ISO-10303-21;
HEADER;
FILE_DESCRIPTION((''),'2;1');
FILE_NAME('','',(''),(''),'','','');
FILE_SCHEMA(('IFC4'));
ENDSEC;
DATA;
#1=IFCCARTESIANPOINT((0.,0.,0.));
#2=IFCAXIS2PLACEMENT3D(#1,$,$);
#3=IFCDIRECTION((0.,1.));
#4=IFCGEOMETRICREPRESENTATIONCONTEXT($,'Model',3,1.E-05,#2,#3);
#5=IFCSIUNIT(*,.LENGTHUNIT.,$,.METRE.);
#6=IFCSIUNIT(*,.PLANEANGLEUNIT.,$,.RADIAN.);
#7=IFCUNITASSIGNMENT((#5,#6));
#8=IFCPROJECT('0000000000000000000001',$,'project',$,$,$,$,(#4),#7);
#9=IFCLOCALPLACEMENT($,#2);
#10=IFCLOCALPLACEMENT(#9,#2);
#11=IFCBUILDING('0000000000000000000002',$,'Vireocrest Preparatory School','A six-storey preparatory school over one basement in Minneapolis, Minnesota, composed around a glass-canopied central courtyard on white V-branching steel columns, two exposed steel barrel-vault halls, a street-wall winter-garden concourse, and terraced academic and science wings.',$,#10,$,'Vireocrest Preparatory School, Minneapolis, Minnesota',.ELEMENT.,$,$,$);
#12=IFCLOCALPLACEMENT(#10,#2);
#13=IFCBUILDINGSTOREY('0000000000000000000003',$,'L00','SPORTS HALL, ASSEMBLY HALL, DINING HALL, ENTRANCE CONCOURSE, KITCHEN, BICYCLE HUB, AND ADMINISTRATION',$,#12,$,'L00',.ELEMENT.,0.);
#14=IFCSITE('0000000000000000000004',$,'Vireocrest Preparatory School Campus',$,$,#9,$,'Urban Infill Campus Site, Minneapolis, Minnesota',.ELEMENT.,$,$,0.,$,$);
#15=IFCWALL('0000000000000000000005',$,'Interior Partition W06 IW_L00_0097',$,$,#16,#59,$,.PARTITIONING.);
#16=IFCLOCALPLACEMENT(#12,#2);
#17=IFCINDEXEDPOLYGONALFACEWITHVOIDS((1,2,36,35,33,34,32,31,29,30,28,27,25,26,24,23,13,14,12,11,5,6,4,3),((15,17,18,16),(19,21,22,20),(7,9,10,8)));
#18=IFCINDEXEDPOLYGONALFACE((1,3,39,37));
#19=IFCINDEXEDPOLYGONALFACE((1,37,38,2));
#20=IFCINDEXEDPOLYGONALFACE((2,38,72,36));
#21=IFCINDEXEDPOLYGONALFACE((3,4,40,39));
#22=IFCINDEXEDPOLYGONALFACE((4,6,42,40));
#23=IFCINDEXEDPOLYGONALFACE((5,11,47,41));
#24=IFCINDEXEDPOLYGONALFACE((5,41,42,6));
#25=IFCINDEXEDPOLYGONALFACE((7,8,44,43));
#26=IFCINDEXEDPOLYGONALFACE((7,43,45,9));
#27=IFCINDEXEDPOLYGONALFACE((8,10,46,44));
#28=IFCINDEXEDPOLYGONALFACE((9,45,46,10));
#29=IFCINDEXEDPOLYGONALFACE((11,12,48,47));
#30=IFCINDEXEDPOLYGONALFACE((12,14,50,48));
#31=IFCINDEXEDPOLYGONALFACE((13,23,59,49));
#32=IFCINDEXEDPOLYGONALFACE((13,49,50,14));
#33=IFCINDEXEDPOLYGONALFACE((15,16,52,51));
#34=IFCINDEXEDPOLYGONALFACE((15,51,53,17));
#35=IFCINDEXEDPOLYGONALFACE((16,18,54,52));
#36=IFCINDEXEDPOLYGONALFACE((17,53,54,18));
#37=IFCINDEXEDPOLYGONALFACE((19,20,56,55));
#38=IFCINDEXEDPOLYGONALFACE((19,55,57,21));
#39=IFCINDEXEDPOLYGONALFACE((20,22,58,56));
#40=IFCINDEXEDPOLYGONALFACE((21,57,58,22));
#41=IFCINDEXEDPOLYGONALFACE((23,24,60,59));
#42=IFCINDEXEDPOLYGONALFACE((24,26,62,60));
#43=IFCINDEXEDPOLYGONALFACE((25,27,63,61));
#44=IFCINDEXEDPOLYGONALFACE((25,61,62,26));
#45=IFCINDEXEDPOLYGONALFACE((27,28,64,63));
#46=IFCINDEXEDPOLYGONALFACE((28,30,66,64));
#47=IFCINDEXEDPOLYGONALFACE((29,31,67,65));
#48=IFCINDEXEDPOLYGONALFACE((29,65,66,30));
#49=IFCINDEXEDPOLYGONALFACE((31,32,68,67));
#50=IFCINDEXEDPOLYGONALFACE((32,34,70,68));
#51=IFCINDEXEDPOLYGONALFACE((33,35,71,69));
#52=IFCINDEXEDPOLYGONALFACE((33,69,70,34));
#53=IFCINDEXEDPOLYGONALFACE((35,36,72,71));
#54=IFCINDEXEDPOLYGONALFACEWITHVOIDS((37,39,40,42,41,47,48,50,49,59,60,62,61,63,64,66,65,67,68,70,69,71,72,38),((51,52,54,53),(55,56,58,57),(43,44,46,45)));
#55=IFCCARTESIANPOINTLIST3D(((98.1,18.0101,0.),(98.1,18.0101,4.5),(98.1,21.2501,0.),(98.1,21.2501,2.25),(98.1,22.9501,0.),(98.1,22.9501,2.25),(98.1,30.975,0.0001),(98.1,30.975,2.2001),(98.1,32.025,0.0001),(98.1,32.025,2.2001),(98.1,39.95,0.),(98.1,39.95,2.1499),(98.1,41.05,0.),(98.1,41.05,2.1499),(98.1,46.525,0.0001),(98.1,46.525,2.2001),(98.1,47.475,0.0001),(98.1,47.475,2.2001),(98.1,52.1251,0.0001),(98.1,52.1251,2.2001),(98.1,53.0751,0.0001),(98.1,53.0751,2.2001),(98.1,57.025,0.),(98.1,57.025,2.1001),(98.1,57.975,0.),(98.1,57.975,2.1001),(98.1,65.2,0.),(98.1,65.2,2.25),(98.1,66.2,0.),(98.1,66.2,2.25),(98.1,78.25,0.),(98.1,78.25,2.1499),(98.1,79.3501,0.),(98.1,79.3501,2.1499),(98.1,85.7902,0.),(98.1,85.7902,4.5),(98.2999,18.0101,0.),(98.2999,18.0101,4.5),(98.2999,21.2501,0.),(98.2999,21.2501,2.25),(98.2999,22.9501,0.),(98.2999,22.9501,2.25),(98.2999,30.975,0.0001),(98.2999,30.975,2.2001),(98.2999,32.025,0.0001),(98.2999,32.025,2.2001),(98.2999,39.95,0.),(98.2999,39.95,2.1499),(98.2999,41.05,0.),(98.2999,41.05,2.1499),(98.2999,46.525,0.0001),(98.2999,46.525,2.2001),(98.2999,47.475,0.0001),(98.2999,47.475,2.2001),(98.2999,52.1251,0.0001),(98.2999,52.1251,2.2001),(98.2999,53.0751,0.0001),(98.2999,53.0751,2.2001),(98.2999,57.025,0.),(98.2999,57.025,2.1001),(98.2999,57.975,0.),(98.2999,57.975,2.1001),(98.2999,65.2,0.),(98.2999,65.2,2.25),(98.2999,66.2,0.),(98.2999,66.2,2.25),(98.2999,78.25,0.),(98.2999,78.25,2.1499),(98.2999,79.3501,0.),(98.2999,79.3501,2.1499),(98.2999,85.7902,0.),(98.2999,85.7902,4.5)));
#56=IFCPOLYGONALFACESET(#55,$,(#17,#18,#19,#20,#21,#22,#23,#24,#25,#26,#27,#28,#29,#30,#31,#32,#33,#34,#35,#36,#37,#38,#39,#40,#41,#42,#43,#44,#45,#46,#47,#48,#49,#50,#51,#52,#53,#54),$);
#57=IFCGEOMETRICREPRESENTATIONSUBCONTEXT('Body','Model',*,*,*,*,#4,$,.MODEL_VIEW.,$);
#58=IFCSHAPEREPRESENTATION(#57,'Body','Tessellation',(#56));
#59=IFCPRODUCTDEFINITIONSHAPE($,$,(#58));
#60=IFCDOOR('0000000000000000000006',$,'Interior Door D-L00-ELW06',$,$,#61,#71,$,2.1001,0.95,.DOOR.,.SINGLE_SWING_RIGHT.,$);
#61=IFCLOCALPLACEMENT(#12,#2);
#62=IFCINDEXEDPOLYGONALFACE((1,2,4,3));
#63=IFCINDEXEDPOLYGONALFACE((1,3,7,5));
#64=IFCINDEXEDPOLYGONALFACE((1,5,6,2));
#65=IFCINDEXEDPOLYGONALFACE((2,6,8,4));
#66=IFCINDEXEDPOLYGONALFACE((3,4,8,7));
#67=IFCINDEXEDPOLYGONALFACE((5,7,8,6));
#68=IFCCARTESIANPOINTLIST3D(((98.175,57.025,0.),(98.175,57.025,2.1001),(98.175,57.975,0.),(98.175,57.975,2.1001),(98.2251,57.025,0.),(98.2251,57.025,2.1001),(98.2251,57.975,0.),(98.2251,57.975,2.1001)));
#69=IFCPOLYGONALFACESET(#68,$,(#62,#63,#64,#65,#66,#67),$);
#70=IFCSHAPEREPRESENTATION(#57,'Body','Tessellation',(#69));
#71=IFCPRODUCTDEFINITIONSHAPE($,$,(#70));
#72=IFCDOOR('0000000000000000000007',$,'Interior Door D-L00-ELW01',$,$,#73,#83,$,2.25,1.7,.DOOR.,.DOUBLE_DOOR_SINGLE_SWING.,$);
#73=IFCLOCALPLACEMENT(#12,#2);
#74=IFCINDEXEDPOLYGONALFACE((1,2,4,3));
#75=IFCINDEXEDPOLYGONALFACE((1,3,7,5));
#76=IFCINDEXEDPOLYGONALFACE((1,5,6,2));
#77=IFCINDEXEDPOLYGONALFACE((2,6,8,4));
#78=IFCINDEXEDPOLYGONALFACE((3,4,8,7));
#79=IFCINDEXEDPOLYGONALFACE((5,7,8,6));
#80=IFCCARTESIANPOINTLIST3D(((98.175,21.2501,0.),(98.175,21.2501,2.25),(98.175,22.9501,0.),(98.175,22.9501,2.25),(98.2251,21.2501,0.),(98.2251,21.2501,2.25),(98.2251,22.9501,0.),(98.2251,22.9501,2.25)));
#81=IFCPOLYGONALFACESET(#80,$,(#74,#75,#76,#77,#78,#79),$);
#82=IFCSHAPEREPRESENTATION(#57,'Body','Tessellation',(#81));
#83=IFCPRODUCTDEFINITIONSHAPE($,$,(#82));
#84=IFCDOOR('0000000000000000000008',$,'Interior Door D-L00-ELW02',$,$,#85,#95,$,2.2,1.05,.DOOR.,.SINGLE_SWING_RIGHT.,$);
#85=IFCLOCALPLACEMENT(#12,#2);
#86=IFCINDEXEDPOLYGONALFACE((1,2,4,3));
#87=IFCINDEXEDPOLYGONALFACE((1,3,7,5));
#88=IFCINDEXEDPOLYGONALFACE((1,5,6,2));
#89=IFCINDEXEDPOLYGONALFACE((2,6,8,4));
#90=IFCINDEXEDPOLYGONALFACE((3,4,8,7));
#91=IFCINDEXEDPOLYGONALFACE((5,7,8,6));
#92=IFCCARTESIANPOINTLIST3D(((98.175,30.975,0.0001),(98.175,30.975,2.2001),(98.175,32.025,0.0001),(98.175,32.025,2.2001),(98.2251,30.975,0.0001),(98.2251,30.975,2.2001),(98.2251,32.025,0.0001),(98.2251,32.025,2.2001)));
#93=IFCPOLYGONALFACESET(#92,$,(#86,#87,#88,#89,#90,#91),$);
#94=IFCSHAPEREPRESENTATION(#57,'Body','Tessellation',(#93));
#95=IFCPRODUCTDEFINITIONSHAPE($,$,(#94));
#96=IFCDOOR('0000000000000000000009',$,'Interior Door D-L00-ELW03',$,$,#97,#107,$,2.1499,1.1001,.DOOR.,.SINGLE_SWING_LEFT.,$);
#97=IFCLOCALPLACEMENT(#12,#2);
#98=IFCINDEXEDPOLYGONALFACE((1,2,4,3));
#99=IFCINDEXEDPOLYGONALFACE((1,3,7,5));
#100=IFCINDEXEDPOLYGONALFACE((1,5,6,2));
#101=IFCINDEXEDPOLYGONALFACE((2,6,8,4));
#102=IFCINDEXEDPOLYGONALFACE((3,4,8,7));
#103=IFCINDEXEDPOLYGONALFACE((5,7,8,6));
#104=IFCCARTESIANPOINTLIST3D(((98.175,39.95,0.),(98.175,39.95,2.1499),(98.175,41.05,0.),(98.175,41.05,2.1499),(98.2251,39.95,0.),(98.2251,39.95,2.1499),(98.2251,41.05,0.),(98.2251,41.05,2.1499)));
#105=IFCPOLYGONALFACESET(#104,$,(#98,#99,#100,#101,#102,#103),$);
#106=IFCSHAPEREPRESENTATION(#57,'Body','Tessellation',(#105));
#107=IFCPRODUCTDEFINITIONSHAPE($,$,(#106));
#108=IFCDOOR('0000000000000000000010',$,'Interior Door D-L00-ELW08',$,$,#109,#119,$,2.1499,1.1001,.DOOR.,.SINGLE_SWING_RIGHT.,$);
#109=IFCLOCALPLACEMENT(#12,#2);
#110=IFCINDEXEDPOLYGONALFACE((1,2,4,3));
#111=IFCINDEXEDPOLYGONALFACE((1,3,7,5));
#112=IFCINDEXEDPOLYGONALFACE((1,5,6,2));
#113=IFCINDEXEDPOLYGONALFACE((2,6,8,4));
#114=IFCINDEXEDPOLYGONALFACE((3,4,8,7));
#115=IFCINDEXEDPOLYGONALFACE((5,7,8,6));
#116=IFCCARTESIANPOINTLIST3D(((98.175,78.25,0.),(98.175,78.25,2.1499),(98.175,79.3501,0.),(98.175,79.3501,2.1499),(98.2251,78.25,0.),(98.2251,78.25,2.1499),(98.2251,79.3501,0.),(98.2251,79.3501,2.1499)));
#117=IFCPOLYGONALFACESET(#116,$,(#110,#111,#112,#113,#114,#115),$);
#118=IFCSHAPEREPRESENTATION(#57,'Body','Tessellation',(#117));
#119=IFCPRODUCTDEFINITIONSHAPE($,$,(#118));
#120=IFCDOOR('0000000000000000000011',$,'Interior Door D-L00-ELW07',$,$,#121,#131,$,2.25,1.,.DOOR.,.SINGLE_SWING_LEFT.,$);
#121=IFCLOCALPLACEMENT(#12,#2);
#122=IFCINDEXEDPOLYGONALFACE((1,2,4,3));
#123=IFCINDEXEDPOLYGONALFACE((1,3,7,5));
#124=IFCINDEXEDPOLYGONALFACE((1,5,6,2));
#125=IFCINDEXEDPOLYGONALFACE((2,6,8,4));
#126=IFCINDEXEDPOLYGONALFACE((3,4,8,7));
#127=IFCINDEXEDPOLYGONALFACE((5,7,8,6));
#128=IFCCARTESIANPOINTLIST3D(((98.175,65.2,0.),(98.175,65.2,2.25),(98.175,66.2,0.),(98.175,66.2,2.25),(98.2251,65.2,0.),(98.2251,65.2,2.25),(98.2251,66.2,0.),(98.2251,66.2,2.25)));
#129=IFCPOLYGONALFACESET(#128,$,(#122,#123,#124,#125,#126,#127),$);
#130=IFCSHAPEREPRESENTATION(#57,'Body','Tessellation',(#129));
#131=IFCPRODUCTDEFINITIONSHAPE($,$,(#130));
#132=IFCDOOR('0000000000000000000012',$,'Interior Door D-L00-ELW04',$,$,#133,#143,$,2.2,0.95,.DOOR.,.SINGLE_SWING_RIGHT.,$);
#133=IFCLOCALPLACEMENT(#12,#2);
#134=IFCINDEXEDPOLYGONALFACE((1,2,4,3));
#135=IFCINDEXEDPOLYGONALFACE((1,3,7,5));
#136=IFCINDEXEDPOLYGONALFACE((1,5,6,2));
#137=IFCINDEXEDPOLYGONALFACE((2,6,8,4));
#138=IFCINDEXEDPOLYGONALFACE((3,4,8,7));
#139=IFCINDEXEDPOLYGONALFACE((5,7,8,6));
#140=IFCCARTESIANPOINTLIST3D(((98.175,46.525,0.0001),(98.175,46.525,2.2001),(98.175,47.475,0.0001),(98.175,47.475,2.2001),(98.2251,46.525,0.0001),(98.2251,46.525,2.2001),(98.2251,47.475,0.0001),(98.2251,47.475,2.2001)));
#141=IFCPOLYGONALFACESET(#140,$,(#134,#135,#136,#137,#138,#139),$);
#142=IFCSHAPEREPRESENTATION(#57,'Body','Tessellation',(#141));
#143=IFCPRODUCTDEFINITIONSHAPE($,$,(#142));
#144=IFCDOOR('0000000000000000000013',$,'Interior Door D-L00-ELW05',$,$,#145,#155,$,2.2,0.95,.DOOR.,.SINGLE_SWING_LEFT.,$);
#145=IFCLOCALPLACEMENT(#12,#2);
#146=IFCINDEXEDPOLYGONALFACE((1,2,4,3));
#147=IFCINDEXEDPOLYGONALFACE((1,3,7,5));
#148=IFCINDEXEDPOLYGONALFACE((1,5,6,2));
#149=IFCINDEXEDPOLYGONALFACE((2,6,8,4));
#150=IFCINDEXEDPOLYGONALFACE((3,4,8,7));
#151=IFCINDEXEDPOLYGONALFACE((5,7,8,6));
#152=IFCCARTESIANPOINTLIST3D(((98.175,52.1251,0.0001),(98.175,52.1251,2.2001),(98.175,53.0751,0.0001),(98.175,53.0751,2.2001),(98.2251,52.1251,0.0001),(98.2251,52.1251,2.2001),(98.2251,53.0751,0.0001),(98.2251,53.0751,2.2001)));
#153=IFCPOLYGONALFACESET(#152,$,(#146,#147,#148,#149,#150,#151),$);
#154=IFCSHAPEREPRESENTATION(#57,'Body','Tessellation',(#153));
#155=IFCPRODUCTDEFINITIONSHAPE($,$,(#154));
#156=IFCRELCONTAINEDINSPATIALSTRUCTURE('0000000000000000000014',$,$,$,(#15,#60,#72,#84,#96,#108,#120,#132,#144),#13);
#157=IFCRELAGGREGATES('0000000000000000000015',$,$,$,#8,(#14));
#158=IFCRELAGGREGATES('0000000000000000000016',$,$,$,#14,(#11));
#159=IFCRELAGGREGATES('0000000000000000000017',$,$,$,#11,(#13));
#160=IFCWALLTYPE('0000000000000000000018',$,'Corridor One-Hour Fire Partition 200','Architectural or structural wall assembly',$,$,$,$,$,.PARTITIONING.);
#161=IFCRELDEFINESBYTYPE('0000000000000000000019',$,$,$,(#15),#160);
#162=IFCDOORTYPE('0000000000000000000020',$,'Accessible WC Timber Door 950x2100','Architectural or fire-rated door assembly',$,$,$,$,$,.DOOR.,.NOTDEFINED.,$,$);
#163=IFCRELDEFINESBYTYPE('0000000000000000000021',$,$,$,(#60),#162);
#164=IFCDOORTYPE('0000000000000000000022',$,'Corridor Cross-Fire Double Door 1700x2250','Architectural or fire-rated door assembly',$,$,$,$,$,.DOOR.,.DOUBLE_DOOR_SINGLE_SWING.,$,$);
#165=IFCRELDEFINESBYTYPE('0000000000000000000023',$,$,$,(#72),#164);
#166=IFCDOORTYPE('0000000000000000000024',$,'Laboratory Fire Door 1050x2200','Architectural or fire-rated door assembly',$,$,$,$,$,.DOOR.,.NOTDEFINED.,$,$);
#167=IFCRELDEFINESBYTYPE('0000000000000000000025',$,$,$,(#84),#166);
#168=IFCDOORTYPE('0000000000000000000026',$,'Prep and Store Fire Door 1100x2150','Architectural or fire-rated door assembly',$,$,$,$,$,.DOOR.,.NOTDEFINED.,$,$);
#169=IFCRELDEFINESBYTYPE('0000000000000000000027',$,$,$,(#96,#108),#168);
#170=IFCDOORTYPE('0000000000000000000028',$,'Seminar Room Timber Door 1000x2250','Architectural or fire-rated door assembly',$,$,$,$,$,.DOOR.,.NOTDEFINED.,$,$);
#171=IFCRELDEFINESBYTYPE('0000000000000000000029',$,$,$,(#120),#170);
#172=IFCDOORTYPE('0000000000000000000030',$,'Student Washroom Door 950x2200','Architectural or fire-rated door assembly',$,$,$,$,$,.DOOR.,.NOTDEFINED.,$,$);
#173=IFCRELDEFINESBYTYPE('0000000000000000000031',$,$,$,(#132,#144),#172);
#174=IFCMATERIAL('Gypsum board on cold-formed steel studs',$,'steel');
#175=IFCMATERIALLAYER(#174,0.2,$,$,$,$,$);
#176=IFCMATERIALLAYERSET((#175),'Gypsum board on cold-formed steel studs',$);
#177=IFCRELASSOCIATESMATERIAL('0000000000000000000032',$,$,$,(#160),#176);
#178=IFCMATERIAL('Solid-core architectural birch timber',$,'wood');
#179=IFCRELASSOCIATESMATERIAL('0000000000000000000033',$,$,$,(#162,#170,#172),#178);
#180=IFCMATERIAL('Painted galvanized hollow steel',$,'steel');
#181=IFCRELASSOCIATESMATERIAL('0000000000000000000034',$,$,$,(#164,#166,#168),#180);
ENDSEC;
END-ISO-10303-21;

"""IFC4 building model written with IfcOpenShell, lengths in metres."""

from ifc_helpers import new_model, si_unit, direction, frame, frame_2d, origin, place, context, subcontext, project, spatial, rectangle, extrude, material, layer, layer_set, type_object, element, fill, save


model = new_model("IFC4")

# Units and contexts
model_context = context("Model", 3, precision=1e-05, world=origin(), true_north=direction((0.0, 1.0)))
body_context = subcontext(model_context, "Body", "Model", "MODEL_VIEW")
ifc_project = project(units=[si_unit("LENGTHUNIT", "METRE"), si_unit("PLANEANGLEUNIT", "RADIAN")], contexts=[model_context])

# Site, building, storey
site_placement = place(None, origin())
site = spatial("IfcSite", under=ifc_project, at=site_placement, Name="Vireocrest Preparatory School Campus", LongName="Urban Infill Campus Site, Minneapolis, Minnesota", CompositionType="ELEMENT", RefElevation=0.0)
building_placement = place(site_placement, origin())
building = spatial("IfcBuilding", under=site, at=building_placement, Name="Vireocrest Preparatory School", Description="A six-storey preparatory school over one basement in Minneapolis, Minnesota, composed around a glass-canopied central courtyard on white V-branching steel columns, two exposed steel barrel-vault halls, a street-wall winter-garden concourse, and terraced academic and science wings.", LongName="Vireocrest Preparatory School, Minneapolis, Minnesota", CompositionType="ELEMENT")
storey_placement = place(building_placement, origin())
storey = spatial("IfcBuildingStorey", under=building, at=storey_placement, Name="L00", Description="SPORTS HALL, ASSEMBLY HALL, DINING HALL, ENTRANCE CONCOURSE, KITCHEN, BICYCLE HUB, AND ADMINISTRATION", LongName="L00", CompositionType="ELEMENT", Elevation=0.0)

# Wall, openings, doors
ifc_material_1 = material(Name="Gypsum board on cold-formed steel studs", Category="steel")
ifc_layer_1 = layer(ifc_material_1, 0.2)
ifc_layer_set_1 = layer_set([ifc_layer_1], Name="Gypsum board on cold-formed steel studs")
wall_type = type_object("IfcWallType", Name="Corridor One-Hour Fire Partition 200", Description="Architectural or structural wall assembly", PredefinedType="PARTITIONING", material=ifc_layer_set_1)
wall_placement = place(storey_placement, frame((98.2, 18.01, 0.0), z_axis=(0.0, 0.0, 1.0), x_axis=(0.0, 1.0, 0.0)))
wall = element("IfcWall", 1, at=wall_placement, inside=storey, type_object=wall_type, Name="Interior Partition W06 IW_L00_0097", PredefinedType="PARTITIONING", context=body_context, shape_type="SweptSolid", body=[
    extrude(rectangle(XDim=67.78, YDim=0.2, at=frame_2d((33.8901, 0.0))), origin(), (0.0, 0.0, 1.0), 4.5),
])
opening_1_placement = place(wall_placement, frame((3.24, 0.0, 0.0)))
opening_1 = element("IfcOpeningElement", 2, at=opening_1_placement, cuts=wall, PredefinedType="OPENING", context=body_context, shape_type="SweptSolid", body=[
    extrude(rectangle(XDim=1.7, YDim=2.25, at=frame_2d((0.8501, 1.125))), frame((0.0, 0.1099, 0.0), z_axis=(0.0, -1.0, 0.0), x_axis=(1.0, 0.0, 0.0)), (0.0, 0.0, 1.0), 0.22),
])
opening_2_placement = place(wall_placement, frame((12.9651, 0.0, 0.0)))
opening_2 = element("IfcOpeningElement", 3, at=opening_2_placement, cuts=wall, PredefinedType="OPENING", context=body_context, shape_type="SweptSolid", body=[
    extrude(rectangle(XDim=1.05, YDim=2.2, at=frame_2d((0.5249, 1.1001))), frame((0.0, 0.1099, 0.0), z_axis=(0.0, -1.0, 0.0), x_axis=(1.0, 0.0, 0.0)), (0.0, 0.0, 1.0), 0.22),
])
opening_3_placement = place(wall_placement, frame((21.9399, 0.0, 0.0)))
opening_3 = element("IfcOpeningElement", 4, at=opening_3_placement, cuts=wall, PredefinedType="OPENING", context=body_context, shape_type="SweptSolid", body=[
    extrude(rectangle(XDim=1.1001, YDim=2.1499, at=frame_2d((0.55, 1.075))), frame((0.0, 0.1099, 0.0), z_axis=(0.0, -1.0, 0.0), x_axis=(1.0, 0.0, 0.0)), (0.0, 0.0, 1.0), 0.22),
])
opening_4_placement = place(wall_placement, frame((28.5149, 0.0, 0.0)))
opening_4 = element("IfcOpeningElement", 5, at=opening_4_placement, cuts=wall, PredefinedType="OPENING", context=body_context, shape_type="SweptSolid", body=[
    extrude(rectangle(XDim=0.95, YDim=2.2, at=frame_2d((0.4751, 1.1001))), frame((0.0, 0.1099, 0.0), z_axis=(0.0, -1.0, 0.0), x_axis=(1.0, 0.0, 0.0)), (0.0, 0.0, 1.0), 0.22),
])
opening_5_placement = place(wall_placement, frame((34.115, 0.0, 0.0)))
opening_5 = element("IfcOpeningElement", 6, at=opening_5_placement, cuts=wall, PredefinedType="OPENING", context=body_context, shape_type="SweptSolid", body=[
    extrude(rectangle(XDim=0.95, YDim=2.2, at=frame_2d((0.4751, 1.1001))), frame((0.0, 0.1099, 0.0), z_axis=(0.0, -1.0, 0.0), x_axis=(1.0, 0.0, 0.0)), (0.0, 0.0, 1.0), 0.22),
])
opening_6_placement = place(wall_placement, frame((39.0149, 0.0, 0.0)))
opening_6 = element("IfcOpeningElement", 7, at=opening_6_placement, cuts=wall, PredefinedType="OPENING", context=body_context, shape_type="SweptSolid", body=[
    extrude(rectangle(XDim=0.95, YDim=2.1001, at=frame_2d((0.4751, 1.05))), frame((0.0, 0.1099, 0.0), z_axis=(0.0, -1.0, 0.0), x_axis=(1.0, 0.0, 0.0)), (0.0, 0.0, 1.0), 0.22),
])
opening_7_placement = place(wall_placement, frame((47.1899, 0.0, 0.0)))
opening_7 = element("IfcOpeningElement", 8, at=opening_7_placement, cuts=wall, PredefinedType="OPENING", context=body_context, shape_type="SweptSolid", body=[
    extrude(rectangle(XDim=1.0, YDim=2.25, at=frame_2d((0.5, 1.125))), frame((0.0, 0.1099, 0.0), z_axis=(0.0, -1.0, 0.0), x_axis=(1.0, 0.0, 0.0)), (0.0, 0.0, 1.0), 0.22),
])
opening_8_placement = place(wall_placement, frame((60.24, 0.0, 0.0)))
opening_8 = element("IfcOpeningElement", 9, at=opening_8_placement, cuts=wall, PredefinedType="OPENING", context=body_context, shape_type="SweptSolid", body=[
    extrude(rectangle(XDim=1.1001, YDim=2.1499, at=frame_2d((0.55, 1.075))), frame((0.0, 0.1099, 0.0), z_axis=(0.0, -1.0, 0.0), x_axis=(1.0, 0.0, 0.0)), (0.0, 0.0, 1.0), 0.22),
])
ifc_material_2 = material(Name="Solid-core architectural birch timber", Category="wood")
door_type_1 = type_object("IfcDoorType", Name="Accessible WC Timber Door 950x2100", Description="Architectural or fire-rated door assembly", OperationType="NOTDEFINED", PredefinedType="DOOR", material=ifc_material_2)
door_1_placement = place(opening_6_placement, origin())
door_1 = element("IfcDoor", 10, at=door_1_placement, inside=storey, type_object=door_type_1, Name="Interior Door D-L00-ELW06", OperationType="SINGLE_SWING_RIGHT", OverallHeight=2.1001, OverallWidth=0.95, PredefinedType="DOOR", context=body_context, shape_type="SweptSolid", body=[
    extrude(rectangle(XDim=0.95, YDim=2.1001, at=frame_2d((0.4751, 1.05))), frame((0.0, 0.0249, 0.0), z_axis=(0.0, -1.0, 0.0), x_axis=(1.0, 0.0, 0.0)), (0.0, 0.0, 1.0), 0.05),
])
fill(opening_6, door_1)
ifc_material_3 = material(Name="Painted galvanized hollow steel", Category="steel")
door_type_2 = type_object("IfcDoorType", Name="Corridor Cross-Fire Double Door 1700x2250", Description="Architectural or fire-rated door assembly", OperationType="DOUBLE_DOOR_SINGLE_SWING", PredefinedType="DOOR", material=ifc_material_3)
door_2_placement = place(opening_1_placement, origin())
door_2 = element("IfcDoor", 11, at=door_2_placement, inside=storey, type_object=door_type_2, Name="Interior Door D-L00-ELW01", OperationType="DOUBLE_DOOR_SINGLE_SWING", OverallHeight=2.25, OverallWidth=1.7, PredefinedType="DOOR", context=body_context, shape_type="SweptSolid", body=[
    extrude(rectangle(XDim=1.7, YDim=2.25, at=frame_2d((0.8501, 1.125))), frame((0.0, 0.0249, 0.0), z_axis=(0.0, -1.0, 0.0), x_axis=(1.0, 0.0, 0.0)), (0.0, 0.0, 1.0), 0.05),
])
fill(opening_1, door_2)
door_type_3 = type_object("IfcDoorType", Name="Laboratory Fire Door 1050x2200", Description="Architectural or fire-rated door assembly", OperationType="NOTDEFINED", PredefinedType="DOOR", material=ifc_material_3)
door_3_placement = place(opening_2_placement, origin())
door_3 = element("IfcDoor", 12, at=door_3_placement, inside=storey, type_object=door_type_3, Name="Interior Door D-L00-ELW02", OperationType="SINGLE_SWING_RIGHT", OverallHeight=2.2, OverallWidth=1.05, PredefinedType="DOOR", context=body_context, shape_type="SweptSolid", body=[
    extrude(rectangle(XDim=1.05, YDim=2.2, at=frame_2d((0.5249, 1.1001))), frame((0.0, 0.0249, 0.0), z_axis=(0.0, -1.0, 0.0), x_axis=(1.0, 0.0, 0.0)), (0.0, 0.0, 1.0), 0.05),
])
fill(opening_2, door_3)
door_type_4 = type_object("IfcDoorType", Name="Prep and Store Fire Door 1100x2150", Description="Architectural or fire-rated door assembly", OperationType="NOTDEFINED", PredefinedType="DOOR", material=ifc_material_3)
door_4_placement = place(opening_3_placement, origin())
door_4 = element("IfcDoor", 13, at=door_4_placement, inside=storey, type_object=door_type_4, Name="Interior Door D-L00-ELW03", OperationType="SINGLE_SWING_LEFT", OverallHeight=2.1499, OverallWidth=1.1001, PredefinedType="DOOR", context=body_context, shape_type="SweptSolid", body=[
    extrude(rectangle(XDim=1.1001, YDim=2.1499, at=frame_2d((0.55, 1.075))), frame((0.0, 0.0249, 0.0), z_axis=(0.0, -1.0, 0.0), x_axis=(1.0, 0.0, 0.0)), (0.0, 0.0, 1.0), 0.05),
])
fill(opening_3, door_4)
door_5_placement = place(opening_8_placement, origin())
door_5 = element("IfcDoor", 14, at=door_5_placement, inside=storey, type_object=door_type_4, Name="Interior Door D-L00-ELW08", OperationType="SINGLE_SWING_RIGHT", OverallHeight=2.1499, OverallWidth=1.1001, PredefinedType="DOOR", context=body_context, shape_type="SweptSolid", body=[
    extrude(rectangle(XDim=1.1001, YDim=2.1499, at=frame_2d((0.55, 1.075))), frame((0.0, 0.0249, 0.0), z_axis=(0.0, -1.0, 0.0), x_axis=(1.0, 0.0, 0.0)), (0.0, 0.0, 1.0), 0.05),
])
fill(opening_8, door_5)
door_type_5 = type_object("IfcDoorType", Name="Seminar Room Timber Door 1000x2250", Description="Architectural or fire-rated door assembly", OperationType="NOTDEFINED", PredefinedType="DOOR", material=ifc_material_2)
door_6_placement = place(opening_7_placement, origin())
door_6 = element("IfcDoor", 15, at=door_6_placement, inside=storey, type_object=door_type_5, Name="Interior Door D-L00-ELW07", OperationType="SINGLE_SWING_LEFT", OverallHeight=2.25, OverallWidth=1.0, PredefinedType="DOOR", context=body_context, shape_type="SweptSolid", body=[
    extrude(rectangle(XDim=1.0, YDim=2.25, at=frame_2d((0.5, 1.125))), frame((0.0, 0.0249, 0.0), z_axis=(0.0, -1.0, 0.0), x_axis=(1.0, 0.0, 0.0)), (0.0, 0.0, 1.0), 0.05),
])
fill(opening_7, door_6)
door_type_6 = type_object("IfcDoorType", Name="Student Washroom Door 950x2200", Description="Architectural or fire-rated door assembly", OperationType="NOTDEFINED", PredefinedType="DOOR", material=ifc_material_2)
door_7_placement = place(opening_4_placement, origin())
door_7 = element("IfcDoor", 16, at=door_7_placement, inside=storey, type_object=door_type_6, Name="Interior Door D-L00-ELW04", OperationType="SINGLE_SWING_RIGHT", OverallHeight=2.2, OverallWidth=0.95, PredefinedType="DOOR", context=body_context, shape_type="SweptSolid", body=[
    extrude(rectangle(XDim=0.95, YDim=2.2, at=frame_2d((0.4751, 1.1001))), frame((0.0, 0.0249, 0.0), z_axis=(0.0, -1.0, 0.0), x_axis=(1.0, 0.0, 0.0)), (0.0, 0.0, 1.0), 0.05),
])
fill(opening_4, door_7)
door_8_placement = place(opening_5_placement, origin())
door_8 = element("IfcDoor", 17, at=door_8_placement, inside=storey, type_object=door_type_6, Name="Interior Door D-L00-ELW05", OperationType="SINGLE_SWING_LEFT", OverallHeight=2.2, OverallWidth=0.95, PredefinedType="DOOR", context=body_context, shape_type="SweptSolid", body=[
    extrude(rectangle(XDim=0.95, YDim=2.2, at=frame_2d((0.4751, 1.1001))), frame((0.0, 0.0249, 0.0), z_axis=(0.0, -1.0, 0.0), x_axis=(1.0, 0.0, 0.0)), (0.0, 0.0, 1.0), 0.05),
])
fill(opening_5, door_8)

save(model, "model.ifc")
